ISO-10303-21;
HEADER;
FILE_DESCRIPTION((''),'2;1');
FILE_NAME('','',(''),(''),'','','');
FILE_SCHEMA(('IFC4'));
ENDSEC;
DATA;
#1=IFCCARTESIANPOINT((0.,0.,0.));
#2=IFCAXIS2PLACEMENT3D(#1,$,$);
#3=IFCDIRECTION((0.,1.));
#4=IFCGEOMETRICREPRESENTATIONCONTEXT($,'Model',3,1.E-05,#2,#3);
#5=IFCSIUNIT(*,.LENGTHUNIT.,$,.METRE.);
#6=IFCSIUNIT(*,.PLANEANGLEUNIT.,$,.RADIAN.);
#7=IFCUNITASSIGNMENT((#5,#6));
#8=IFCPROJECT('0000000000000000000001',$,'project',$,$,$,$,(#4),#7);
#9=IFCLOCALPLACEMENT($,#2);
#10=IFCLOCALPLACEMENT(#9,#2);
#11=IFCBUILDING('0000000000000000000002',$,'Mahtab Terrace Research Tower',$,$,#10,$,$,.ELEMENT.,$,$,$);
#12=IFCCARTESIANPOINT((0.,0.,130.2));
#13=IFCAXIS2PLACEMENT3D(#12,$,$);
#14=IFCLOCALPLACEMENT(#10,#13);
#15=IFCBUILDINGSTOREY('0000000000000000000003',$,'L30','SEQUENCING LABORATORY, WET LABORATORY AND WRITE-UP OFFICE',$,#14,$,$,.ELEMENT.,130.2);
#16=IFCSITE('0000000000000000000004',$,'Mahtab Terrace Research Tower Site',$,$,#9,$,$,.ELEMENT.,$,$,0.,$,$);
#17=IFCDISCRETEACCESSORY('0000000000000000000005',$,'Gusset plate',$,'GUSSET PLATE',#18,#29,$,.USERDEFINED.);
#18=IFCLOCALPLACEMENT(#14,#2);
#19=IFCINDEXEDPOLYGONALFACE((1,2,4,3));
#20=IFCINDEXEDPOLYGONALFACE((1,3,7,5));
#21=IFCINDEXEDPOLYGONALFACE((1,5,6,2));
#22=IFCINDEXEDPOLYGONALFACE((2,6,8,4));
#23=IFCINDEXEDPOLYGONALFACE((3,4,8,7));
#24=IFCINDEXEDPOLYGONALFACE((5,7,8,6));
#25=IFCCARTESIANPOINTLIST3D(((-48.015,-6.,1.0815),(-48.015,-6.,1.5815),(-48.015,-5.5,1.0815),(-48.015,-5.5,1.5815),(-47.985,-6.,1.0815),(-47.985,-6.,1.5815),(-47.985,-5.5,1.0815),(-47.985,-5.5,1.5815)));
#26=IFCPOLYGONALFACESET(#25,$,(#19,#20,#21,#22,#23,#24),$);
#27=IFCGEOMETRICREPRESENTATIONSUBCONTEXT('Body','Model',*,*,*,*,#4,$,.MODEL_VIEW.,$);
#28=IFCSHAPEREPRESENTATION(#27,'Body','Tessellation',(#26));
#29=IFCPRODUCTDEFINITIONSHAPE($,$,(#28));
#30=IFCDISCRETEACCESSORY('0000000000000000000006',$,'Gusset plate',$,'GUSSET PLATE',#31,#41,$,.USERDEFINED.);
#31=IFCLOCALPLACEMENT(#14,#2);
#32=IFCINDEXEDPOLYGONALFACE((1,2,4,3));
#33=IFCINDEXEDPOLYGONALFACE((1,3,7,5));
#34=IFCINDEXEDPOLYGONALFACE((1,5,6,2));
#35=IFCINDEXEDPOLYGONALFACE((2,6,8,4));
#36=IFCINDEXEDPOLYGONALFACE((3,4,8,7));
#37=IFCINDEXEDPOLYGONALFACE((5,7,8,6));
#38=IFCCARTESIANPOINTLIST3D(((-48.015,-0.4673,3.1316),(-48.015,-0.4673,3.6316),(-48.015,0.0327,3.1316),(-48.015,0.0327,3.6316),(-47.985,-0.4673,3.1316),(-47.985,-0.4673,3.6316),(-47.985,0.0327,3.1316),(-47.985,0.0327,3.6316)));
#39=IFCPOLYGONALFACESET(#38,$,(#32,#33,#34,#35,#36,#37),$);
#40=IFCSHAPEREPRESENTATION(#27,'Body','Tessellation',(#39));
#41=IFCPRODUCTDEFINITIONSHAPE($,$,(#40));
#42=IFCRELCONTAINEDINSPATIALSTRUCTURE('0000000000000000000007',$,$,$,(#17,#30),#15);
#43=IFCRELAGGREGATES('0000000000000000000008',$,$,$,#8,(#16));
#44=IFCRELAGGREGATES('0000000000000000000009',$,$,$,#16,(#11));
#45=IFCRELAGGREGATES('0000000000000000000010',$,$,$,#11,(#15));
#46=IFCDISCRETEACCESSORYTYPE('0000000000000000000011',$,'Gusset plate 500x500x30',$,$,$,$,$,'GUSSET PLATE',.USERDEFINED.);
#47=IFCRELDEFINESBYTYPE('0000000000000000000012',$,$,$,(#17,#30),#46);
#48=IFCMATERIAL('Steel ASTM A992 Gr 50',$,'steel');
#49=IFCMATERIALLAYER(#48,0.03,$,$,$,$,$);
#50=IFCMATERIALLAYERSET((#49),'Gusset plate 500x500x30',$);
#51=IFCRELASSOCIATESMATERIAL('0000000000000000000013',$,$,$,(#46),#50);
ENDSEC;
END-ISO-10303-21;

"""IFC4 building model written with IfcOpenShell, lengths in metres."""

from ifc_helpers import new_model, si_unit, direction, frame, origin, origin_2d, place, context, subcontext, project, spatial, rectangle, extrude, material, layer, layer_set, type_object, element, save


model = new_model("IFC4")

# Units and contexts
model_context = context("Model", 3, precision=1e-05, world=origin(), true_north=direction((0.0, 1.0)))
body_context = subcontext(model_context, "Body", "Model", "MODEL_VIEW")
ifc_project = project(units=[si_unit("LENGTHUNIT", "METRE"), si_unit("PLANEANGLEUNIT", "RADIAN")], contexts=[model_context])

# Site, building, storey
site_placement = place(None, origin())
site = spatial("IfcSite", under=ifc_project, at=site_placement, Name="Mahtab Terrace Research Tower Site", CompositionType="ELEMENT", RefElevation=0.0)
building_placement = place(site_placement, origin())
building = spatial("IfcBuilding", under=site, at=building_placement, Name="Mahtab Terrace Research Tower", CompositionType="ELEMENT")
storey_placement = place(building_placement, frame((0.0, 0.0, 130.2)))
storey = spatial("IfcBuildingStorey", under=building, at=storey_placement, Name="L30", Description="SEQUENCING LABORATORY, WET LABORATORY AND WRITE-UP OFFICE", CompositionType="ELEMENT", Elevation=130.2)

# Shared definitions
ifc_material_1 = material(Name="Steel ASTM A992 Gr 50", Category="steel")

# Discrete accessories
ifc_layer_1 = layer(ifc_material_1, 0.03)
ifc_layer_set_1 = layer_set([ifc_layer_1], Name="Gusset plate 500x500x30")
discrete_accessory_type = type_object("IfcDiscreteAccessoryType", Name="Gusset plate 500x500x30", ElementType="GUSSET PLATE", PredefinedType="USERDEFINED", material=ifc_layer_set_1)
for number, where, z_axis, x_axis, name in (
    (1, (-48.0, -5.75, 1.0815), (0.0, 0.0, 1.0), (0.0, 1.0, 0.0), "Gusset plate"),
    (2, (-48.0, -0.2173, 3.1316), (0.0, 0.0, 1.0), (0.0, 1.0, 0.0), "Gusset plate"),
):
    element("IfcDiscreteAccessory", number, at=place(storey_placement, frame(where, z_axis=z_axis, x_axis=x_axis)), inside=storey, type_object=discrete_accessory_type, Name=name, ObjectType="GUSSET PLATE", PredefinedType="USERDEFINED", context=body_context, shape_type="SweptSolid", body=[
        extrude(rectangle(XDim=0.5, YDim=0.03, at=origin_2d()), origin(), (0.0, 0.0, 1.0), 0.5),
    ])

save(model, "model.ifc")
